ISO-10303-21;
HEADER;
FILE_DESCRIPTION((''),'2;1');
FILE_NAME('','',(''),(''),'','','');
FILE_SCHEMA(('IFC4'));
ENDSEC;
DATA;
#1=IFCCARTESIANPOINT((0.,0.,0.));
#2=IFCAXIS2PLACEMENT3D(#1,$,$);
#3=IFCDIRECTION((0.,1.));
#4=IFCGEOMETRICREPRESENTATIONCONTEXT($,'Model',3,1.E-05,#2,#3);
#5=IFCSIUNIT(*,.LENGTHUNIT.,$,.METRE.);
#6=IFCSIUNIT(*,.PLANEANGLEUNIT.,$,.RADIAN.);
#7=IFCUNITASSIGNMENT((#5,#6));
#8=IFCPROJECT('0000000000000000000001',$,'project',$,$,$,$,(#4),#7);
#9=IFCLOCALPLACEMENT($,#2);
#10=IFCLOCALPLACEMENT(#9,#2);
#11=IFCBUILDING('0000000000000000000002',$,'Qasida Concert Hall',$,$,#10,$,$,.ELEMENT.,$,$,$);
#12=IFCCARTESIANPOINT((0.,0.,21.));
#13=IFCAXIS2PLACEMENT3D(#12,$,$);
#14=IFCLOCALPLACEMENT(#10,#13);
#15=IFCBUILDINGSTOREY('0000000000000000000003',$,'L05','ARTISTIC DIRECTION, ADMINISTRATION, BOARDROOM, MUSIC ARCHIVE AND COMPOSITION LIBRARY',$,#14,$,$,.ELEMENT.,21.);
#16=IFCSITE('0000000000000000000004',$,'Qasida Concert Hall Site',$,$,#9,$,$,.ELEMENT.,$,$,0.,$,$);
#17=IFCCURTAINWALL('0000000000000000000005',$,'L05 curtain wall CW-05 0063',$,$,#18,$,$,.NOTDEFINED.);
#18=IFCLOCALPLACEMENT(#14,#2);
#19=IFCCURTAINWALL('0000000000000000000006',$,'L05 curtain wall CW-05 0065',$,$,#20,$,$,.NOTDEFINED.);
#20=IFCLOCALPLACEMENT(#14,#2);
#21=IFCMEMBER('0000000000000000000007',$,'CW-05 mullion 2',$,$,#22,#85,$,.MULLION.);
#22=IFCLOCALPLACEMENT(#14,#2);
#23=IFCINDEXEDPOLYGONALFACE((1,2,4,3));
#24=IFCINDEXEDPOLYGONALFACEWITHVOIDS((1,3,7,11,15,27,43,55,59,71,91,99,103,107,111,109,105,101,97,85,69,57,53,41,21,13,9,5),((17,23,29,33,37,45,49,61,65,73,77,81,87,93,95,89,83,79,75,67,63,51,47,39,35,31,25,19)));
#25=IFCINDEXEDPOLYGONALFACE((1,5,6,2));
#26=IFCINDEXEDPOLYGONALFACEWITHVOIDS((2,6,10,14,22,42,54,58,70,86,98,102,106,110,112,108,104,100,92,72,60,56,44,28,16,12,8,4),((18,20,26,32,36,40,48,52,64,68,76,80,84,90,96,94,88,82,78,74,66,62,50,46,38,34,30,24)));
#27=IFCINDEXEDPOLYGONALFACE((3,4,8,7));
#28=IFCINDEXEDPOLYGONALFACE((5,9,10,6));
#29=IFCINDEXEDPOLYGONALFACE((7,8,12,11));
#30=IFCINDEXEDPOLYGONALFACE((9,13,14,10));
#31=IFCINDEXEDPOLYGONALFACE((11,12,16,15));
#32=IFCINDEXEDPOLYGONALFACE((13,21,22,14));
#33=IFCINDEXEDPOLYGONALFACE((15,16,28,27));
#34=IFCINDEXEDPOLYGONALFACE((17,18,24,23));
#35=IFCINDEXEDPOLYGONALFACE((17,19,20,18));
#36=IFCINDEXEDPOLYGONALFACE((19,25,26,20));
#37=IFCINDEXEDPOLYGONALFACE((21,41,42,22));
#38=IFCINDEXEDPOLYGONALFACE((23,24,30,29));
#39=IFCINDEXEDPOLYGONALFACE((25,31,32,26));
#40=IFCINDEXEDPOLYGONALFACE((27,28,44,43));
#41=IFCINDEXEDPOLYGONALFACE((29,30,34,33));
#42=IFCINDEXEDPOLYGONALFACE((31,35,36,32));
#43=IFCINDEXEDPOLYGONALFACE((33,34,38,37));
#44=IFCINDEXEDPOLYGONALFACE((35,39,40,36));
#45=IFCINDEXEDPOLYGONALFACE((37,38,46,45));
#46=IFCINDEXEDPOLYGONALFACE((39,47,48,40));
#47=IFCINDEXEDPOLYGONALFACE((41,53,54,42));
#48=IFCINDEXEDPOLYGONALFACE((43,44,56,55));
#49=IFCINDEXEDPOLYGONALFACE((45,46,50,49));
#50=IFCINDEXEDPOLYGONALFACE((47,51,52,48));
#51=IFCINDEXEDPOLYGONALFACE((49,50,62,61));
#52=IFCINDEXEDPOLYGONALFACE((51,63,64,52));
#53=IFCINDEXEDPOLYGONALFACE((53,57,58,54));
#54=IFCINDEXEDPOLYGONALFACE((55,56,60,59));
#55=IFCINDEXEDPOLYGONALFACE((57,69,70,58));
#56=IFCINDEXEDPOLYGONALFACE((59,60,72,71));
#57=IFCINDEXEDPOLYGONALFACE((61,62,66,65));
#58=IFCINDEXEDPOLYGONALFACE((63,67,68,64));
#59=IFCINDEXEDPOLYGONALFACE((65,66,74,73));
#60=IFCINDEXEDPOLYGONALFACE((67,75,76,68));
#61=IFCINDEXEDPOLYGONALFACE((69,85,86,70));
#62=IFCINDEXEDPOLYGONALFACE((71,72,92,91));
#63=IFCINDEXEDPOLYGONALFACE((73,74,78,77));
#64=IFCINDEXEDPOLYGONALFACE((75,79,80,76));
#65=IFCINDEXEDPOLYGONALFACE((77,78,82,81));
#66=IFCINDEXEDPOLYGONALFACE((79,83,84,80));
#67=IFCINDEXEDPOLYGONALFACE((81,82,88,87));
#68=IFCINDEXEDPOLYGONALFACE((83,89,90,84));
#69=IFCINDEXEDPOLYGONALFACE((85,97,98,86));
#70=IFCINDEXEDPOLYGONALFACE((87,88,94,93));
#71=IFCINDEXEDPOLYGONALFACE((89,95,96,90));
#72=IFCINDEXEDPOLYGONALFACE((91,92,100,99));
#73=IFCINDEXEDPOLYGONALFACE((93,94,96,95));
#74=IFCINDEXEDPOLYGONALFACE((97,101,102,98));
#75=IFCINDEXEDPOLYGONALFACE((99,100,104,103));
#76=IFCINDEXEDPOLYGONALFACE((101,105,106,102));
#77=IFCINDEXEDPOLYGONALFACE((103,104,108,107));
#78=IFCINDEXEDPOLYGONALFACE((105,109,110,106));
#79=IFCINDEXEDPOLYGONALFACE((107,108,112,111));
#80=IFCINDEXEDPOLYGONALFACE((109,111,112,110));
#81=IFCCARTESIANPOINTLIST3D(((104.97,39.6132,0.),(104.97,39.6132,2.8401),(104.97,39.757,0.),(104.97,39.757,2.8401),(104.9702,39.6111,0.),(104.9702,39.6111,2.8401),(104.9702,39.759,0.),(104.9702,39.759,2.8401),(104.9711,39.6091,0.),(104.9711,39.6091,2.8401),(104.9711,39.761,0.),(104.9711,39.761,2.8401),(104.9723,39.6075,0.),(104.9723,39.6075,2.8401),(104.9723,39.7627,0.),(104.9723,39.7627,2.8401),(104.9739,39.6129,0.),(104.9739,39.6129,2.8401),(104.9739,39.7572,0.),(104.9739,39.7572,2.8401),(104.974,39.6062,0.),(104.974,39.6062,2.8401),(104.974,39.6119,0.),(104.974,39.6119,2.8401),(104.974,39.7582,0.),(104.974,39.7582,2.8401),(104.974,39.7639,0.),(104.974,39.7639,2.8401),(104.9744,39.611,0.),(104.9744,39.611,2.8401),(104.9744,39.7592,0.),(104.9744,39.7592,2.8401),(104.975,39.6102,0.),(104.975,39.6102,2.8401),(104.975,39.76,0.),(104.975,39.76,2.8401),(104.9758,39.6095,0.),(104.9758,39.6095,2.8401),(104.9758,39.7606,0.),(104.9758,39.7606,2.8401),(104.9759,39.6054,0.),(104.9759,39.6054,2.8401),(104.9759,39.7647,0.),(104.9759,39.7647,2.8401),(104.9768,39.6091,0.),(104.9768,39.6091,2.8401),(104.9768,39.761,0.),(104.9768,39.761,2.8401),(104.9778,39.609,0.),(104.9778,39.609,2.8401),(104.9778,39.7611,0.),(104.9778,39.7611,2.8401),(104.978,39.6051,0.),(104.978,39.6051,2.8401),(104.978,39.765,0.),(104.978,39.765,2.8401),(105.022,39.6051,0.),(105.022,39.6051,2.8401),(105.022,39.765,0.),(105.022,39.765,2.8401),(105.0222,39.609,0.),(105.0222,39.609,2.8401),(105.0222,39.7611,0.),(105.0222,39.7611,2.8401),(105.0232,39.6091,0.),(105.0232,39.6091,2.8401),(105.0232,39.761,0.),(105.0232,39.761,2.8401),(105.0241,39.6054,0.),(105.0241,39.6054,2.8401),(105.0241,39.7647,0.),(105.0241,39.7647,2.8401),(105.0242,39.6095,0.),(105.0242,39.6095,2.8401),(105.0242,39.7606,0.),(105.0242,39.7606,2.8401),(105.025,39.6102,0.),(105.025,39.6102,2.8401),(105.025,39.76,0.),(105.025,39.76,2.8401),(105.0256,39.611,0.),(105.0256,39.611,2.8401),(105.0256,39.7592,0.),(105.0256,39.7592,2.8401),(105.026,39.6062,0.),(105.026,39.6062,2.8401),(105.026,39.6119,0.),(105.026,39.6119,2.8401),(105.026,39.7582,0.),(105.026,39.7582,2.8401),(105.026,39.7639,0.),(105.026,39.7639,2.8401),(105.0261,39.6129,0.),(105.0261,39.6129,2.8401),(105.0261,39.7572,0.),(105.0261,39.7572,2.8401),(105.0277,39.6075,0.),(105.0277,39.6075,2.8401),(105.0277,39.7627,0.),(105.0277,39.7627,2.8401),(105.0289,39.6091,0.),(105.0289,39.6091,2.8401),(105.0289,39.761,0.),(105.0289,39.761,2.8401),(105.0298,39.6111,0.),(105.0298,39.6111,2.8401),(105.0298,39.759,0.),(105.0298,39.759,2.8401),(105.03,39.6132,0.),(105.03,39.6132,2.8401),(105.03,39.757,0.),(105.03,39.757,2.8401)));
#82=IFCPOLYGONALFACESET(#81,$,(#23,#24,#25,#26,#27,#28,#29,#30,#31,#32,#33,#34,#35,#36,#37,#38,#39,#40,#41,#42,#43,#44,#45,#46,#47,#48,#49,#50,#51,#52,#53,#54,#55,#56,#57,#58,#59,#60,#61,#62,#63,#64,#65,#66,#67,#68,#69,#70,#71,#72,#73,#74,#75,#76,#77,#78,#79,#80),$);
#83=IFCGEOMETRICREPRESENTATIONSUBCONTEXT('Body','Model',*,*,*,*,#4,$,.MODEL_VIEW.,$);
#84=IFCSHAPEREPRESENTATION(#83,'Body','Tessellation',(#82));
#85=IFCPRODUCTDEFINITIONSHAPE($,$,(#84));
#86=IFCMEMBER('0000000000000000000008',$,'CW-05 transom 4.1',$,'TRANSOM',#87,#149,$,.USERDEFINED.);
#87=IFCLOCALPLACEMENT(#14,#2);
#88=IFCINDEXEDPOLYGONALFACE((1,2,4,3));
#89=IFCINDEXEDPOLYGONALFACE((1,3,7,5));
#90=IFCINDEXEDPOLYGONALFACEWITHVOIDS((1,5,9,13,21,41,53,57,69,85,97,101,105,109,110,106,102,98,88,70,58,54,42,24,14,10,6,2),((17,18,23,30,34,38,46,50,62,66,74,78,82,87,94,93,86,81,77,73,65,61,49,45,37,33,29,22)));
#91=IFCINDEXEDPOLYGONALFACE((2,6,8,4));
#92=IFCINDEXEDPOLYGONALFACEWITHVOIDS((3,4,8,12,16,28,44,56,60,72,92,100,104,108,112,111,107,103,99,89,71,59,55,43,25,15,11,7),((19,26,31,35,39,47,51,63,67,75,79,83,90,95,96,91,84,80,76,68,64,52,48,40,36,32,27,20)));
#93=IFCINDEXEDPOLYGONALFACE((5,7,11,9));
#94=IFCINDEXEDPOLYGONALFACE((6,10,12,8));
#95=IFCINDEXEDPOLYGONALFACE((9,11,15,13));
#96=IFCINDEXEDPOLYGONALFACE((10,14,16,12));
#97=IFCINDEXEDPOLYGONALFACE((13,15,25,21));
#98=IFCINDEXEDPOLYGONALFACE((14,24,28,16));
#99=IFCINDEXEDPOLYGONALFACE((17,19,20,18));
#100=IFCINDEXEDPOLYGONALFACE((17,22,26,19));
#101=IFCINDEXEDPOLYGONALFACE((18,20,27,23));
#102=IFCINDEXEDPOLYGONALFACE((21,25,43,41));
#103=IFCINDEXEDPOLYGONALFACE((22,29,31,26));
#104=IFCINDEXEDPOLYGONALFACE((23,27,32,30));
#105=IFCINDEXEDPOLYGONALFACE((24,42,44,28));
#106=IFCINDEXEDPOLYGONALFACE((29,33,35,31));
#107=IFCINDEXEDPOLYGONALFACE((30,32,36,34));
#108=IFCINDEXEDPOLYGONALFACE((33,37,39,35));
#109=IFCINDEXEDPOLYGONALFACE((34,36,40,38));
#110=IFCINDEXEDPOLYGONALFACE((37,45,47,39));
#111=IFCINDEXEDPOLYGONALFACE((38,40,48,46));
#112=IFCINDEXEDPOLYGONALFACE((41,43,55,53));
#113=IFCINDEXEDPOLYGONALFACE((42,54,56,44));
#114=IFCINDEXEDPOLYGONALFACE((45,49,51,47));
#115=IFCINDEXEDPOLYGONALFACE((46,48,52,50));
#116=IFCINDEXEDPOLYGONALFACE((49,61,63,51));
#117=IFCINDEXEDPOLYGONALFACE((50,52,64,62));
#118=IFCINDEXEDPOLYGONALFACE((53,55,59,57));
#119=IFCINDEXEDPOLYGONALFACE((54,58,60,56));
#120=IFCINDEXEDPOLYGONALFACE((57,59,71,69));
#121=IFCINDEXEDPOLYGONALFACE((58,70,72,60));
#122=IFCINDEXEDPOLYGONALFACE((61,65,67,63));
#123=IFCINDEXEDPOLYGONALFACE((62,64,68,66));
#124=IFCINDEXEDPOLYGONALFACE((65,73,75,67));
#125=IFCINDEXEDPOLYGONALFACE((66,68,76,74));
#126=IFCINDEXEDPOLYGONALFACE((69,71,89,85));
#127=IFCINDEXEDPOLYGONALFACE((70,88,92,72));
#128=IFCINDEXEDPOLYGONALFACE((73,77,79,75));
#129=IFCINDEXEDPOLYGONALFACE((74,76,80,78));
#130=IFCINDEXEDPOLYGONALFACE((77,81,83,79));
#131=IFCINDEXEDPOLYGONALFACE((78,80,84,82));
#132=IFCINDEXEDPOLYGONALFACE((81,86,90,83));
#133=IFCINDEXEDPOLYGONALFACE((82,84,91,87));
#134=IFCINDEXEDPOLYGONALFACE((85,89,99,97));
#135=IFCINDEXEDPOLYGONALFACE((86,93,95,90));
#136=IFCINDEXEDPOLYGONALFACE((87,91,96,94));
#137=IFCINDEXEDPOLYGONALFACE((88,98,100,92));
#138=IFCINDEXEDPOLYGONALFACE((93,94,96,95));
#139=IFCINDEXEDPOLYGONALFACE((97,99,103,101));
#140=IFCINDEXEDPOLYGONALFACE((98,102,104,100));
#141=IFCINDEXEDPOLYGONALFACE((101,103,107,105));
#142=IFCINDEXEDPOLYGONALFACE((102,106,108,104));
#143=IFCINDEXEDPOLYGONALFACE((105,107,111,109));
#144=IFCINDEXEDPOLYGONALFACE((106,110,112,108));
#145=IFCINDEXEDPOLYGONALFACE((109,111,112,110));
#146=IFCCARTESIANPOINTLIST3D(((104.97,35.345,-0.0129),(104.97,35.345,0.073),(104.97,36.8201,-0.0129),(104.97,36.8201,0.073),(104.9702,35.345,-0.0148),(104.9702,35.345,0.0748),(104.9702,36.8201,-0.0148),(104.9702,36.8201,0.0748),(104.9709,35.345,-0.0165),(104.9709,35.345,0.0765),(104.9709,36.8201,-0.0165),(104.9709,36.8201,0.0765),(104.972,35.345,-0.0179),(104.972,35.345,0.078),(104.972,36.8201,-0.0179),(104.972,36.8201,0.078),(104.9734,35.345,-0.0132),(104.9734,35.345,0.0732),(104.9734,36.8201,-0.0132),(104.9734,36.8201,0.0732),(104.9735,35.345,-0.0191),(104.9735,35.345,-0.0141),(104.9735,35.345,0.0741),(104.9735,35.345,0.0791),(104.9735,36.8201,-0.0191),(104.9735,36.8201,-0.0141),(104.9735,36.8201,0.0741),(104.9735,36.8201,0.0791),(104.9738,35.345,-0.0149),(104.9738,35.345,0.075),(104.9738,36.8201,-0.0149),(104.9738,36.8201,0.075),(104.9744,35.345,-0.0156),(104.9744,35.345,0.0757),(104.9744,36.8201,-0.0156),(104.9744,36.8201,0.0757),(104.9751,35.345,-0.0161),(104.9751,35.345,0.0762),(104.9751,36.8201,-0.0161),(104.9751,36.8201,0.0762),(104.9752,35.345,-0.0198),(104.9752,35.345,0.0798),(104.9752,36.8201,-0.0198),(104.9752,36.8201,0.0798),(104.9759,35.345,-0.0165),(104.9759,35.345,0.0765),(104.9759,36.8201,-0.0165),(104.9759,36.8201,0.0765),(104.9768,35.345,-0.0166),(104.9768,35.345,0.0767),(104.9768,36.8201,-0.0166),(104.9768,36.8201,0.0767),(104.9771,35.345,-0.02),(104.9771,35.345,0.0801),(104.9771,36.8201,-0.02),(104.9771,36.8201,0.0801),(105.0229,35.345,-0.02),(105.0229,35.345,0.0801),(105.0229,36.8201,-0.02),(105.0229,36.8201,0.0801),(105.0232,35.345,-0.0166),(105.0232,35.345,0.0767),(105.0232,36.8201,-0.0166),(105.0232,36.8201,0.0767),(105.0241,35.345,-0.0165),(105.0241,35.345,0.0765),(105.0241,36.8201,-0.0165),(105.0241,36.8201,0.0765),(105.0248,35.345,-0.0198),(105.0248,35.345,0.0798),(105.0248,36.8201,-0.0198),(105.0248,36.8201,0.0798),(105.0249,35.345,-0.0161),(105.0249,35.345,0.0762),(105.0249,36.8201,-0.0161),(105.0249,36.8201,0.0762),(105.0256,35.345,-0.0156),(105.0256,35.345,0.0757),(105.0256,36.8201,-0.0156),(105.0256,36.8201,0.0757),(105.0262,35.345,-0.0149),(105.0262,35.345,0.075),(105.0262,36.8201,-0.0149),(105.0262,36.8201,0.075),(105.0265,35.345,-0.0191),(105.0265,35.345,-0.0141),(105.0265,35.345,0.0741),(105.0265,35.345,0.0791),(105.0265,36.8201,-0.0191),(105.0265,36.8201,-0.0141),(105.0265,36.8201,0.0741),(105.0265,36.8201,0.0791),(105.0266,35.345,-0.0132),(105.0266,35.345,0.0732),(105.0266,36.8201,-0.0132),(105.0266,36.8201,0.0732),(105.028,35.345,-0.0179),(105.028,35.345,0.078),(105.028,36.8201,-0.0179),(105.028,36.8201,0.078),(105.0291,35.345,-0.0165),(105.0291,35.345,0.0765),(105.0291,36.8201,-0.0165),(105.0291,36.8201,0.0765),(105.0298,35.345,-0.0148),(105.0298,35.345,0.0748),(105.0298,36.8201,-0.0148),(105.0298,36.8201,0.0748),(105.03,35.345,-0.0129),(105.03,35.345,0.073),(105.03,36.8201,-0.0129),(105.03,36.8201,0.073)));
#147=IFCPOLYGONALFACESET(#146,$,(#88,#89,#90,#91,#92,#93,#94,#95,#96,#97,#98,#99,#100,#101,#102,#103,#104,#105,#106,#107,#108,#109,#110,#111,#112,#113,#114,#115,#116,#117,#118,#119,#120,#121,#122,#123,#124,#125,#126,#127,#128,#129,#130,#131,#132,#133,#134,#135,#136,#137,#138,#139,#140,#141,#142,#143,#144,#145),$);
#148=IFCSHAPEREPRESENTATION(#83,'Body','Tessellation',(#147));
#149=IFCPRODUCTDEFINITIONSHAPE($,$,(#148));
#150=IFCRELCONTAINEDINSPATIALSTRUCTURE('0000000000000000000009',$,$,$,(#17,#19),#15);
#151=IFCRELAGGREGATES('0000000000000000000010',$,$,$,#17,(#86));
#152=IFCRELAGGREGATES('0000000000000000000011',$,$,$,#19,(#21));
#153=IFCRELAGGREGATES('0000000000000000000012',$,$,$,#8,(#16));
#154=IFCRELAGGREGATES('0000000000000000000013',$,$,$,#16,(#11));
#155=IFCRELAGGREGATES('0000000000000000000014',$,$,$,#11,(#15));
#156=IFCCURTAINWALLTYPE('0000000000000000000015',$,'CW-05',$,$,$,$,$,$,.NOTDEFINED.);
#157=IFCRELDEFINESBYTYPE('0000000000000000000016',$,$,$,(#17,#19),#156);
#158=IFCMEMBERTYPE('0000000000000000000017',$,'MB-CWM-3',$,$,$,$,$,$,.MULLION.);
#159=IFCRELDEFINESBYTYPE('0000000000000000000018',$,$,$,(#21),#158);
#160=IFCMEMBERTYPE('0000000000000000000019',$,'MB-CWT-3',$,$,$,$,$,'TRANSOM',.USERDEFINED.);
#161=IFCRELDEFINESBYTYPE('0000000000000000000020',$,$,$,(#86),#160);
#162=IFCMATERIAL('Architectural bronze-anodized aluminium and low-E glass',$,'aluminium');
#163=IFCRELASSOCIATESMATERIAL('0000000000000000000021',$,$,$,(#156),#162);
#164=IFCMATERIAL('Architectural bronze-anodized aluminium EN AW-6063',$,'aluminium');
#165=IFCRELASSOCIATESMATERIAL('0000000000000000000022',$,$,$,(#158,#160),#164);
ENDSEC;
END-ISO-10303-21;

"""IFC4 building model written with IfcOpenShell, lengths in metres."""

from ifc_helpers import new_model, si_unit, direction, frame, origin, origin_2d, place, context, subcontext, project, spatial, hollow_rectangle, extrude, material, material_profile, profile_set, type_object, element, aggregate, save


model = new_model("IFC4")

# Units and contexts
model_context = context("Model", 3, precision=1e-05, world=origin(), true_north=direction((0.0, 1.0)))
body_context = subcontext(model_context, "Body", "Model", "MODEL_VIEW")
ifc_project = project(units=[si_unit("LENGTHUNIT", "METRE"), si_unit("PLANEANGLEUNIT", "RADIAN")], contexts=[model_context])

# Site, building, storey
site_placement = place(None, origin())
site = spatial("IfcSite", under=ifc_project, at=site_placement, Name="Qasida Concert Hall Site", CompositionType="ELEMENT", RefElevation=0.0)
building_placement = place(site_placement, origin())
building = spatial("IfcBuilding", under=site, at=building_placement, Name="Qasida Concert Hall", CompositionType="ELEMENT")
storey_placement = place(building_placement, frame((0.0, 0.0, 21.0)))
storey = spatial("IfcBuildingStorey", under=building, at=storey_placement, Name="L05", Description="ARTISTIC DIRECTION, ADMINISTRATION, BOARDROOM, MUSIC ARCHIVE AND COMPOSITION LIBRARY", CompositionType="ELEMENT", Elevation=21.0)

# Curtain walls, member
ifc_material_1 = material(Name="Architectural bronze-anodized aluminium and low-E glass", Category="aluminium")
curtain_wall_type = type_object("IfcCurtainWallType", Name="CW-05", PredefinedType="NOTDEFINED", material=ifc_material_1)
curtain_wall_1_placement = place(storey_placement, origin())
curtain_wall_1 = element("IfcCurtainWall", 1, at=curtain_wall_1_placement, inside=storey, type_object=curtain_wall_type, Name="L05 curtain wall CW-05 0063", PredefinedType="NOTDEFINED")
ifc_material_2 = material(Name="Architectural bronze-anodized aluminium EN AW-6063", Category="aluminium")
ifc_material_profile_1 = material_profile(ifc_material_2, hollow_rectangle(XDim=0.0601, YDim=0.1599, WallThickness=0.0039, InnerFilletRadius=0.0039, OuterFilletRadius=0.0081, at=origin_2d()), Name="CWM 160x60x4")
ifc_profile_set_1 = profile_set([ifc_material_profile_1], Name="Architectural bronze-anodized aluminium EN AW-6063")
member_type_1 = type_object("IfcMemberType", Name="MB-CWM-3", PredefinedType="MULLION", material=ifc_profile_set_1)
curtain_wall_2_placement = place(storey_placement, origin())
curtain_wall_2 = element("IfcCurtainWall", 2, at=curtain_wall_2_placement, inside=storey, type_object=curtain_wall_type, Name="L05 curtain wall CW-05 0065", PredefinedType="NOTDEFINED")
member_1_placement = place(storey_placement, frame((105.0, 39.6851, 0.0), z_axis=(0.0, 0.0, 1.0), x_axis=(-1.0, 0.0, 0.0)))
member_1 = element("IfcMember", 3, at=member_1_placement, type_object=member_type_1, Name="CW-05 mullion 2", PredefinedType="MULLION", context=body_context, shape_type="SweptSolid", body=[
    extrude(hollow_rectangle(XDim=0.0601, YDim=0.1599, WallThickness=0.0039, InnerFilletRadius=0.0039, OuterFilletRadius=0.0081, at=origin_2d()), origin(), (0.0, 0.0, 1.0), 2.8401),
])

# Member
ifc_material_profile_2 = material_profile(ifc_material_2, hollow_rectangle(XDim=0.0601, YDim=0.1001, WallThickness=0.0034, InnerFilletRadius=0.0034, OuterFilletRadius=0.0071, at=origin_2d()), Name="CWT 100x60x3.5")
ifc_profile_set_2 = profile_set([ifc_material_profile_2], Name="Architectural bronze-anodized aluminium EN AW-6063")
member_type_2 = type_object("IfcMemberType", Name="MB-CWT-3", ElementType="TRANSOM", PredefinedType="USERDEFINED", material=ifc_profile_set_2)
member_2_placement = place(storey_placement, frame((105.0, 35.345, 0.03), z_axis=(0.0, 1.0, 0.0), x_axis=(-1.0, 0.0, 0.0)))
member_2 = element("IfcMember", 4, at=member_2_placement, type_object=member_type_2, Name="CW-05 transom 4.1", ObjectType="TRANSOM", PredefinedType="USERDEFINED", context=body_context, shape_type="SweptSolid", body=[
    extrude(hollow_rectangle(XDim=0.0601, YDim=0.1001, WallThickness=0.0034, InnerFilletRadius=0.0034, OuterFilletRadius=0.0071, at=origin_2d()), origin(), (0.0, 0.0, 1.0), 1.4751),
])

aggregate(curtain_wall_1, [member_2])
aggregate(curtain_wall_2, [member_1])

save(model, "model.ifc")
